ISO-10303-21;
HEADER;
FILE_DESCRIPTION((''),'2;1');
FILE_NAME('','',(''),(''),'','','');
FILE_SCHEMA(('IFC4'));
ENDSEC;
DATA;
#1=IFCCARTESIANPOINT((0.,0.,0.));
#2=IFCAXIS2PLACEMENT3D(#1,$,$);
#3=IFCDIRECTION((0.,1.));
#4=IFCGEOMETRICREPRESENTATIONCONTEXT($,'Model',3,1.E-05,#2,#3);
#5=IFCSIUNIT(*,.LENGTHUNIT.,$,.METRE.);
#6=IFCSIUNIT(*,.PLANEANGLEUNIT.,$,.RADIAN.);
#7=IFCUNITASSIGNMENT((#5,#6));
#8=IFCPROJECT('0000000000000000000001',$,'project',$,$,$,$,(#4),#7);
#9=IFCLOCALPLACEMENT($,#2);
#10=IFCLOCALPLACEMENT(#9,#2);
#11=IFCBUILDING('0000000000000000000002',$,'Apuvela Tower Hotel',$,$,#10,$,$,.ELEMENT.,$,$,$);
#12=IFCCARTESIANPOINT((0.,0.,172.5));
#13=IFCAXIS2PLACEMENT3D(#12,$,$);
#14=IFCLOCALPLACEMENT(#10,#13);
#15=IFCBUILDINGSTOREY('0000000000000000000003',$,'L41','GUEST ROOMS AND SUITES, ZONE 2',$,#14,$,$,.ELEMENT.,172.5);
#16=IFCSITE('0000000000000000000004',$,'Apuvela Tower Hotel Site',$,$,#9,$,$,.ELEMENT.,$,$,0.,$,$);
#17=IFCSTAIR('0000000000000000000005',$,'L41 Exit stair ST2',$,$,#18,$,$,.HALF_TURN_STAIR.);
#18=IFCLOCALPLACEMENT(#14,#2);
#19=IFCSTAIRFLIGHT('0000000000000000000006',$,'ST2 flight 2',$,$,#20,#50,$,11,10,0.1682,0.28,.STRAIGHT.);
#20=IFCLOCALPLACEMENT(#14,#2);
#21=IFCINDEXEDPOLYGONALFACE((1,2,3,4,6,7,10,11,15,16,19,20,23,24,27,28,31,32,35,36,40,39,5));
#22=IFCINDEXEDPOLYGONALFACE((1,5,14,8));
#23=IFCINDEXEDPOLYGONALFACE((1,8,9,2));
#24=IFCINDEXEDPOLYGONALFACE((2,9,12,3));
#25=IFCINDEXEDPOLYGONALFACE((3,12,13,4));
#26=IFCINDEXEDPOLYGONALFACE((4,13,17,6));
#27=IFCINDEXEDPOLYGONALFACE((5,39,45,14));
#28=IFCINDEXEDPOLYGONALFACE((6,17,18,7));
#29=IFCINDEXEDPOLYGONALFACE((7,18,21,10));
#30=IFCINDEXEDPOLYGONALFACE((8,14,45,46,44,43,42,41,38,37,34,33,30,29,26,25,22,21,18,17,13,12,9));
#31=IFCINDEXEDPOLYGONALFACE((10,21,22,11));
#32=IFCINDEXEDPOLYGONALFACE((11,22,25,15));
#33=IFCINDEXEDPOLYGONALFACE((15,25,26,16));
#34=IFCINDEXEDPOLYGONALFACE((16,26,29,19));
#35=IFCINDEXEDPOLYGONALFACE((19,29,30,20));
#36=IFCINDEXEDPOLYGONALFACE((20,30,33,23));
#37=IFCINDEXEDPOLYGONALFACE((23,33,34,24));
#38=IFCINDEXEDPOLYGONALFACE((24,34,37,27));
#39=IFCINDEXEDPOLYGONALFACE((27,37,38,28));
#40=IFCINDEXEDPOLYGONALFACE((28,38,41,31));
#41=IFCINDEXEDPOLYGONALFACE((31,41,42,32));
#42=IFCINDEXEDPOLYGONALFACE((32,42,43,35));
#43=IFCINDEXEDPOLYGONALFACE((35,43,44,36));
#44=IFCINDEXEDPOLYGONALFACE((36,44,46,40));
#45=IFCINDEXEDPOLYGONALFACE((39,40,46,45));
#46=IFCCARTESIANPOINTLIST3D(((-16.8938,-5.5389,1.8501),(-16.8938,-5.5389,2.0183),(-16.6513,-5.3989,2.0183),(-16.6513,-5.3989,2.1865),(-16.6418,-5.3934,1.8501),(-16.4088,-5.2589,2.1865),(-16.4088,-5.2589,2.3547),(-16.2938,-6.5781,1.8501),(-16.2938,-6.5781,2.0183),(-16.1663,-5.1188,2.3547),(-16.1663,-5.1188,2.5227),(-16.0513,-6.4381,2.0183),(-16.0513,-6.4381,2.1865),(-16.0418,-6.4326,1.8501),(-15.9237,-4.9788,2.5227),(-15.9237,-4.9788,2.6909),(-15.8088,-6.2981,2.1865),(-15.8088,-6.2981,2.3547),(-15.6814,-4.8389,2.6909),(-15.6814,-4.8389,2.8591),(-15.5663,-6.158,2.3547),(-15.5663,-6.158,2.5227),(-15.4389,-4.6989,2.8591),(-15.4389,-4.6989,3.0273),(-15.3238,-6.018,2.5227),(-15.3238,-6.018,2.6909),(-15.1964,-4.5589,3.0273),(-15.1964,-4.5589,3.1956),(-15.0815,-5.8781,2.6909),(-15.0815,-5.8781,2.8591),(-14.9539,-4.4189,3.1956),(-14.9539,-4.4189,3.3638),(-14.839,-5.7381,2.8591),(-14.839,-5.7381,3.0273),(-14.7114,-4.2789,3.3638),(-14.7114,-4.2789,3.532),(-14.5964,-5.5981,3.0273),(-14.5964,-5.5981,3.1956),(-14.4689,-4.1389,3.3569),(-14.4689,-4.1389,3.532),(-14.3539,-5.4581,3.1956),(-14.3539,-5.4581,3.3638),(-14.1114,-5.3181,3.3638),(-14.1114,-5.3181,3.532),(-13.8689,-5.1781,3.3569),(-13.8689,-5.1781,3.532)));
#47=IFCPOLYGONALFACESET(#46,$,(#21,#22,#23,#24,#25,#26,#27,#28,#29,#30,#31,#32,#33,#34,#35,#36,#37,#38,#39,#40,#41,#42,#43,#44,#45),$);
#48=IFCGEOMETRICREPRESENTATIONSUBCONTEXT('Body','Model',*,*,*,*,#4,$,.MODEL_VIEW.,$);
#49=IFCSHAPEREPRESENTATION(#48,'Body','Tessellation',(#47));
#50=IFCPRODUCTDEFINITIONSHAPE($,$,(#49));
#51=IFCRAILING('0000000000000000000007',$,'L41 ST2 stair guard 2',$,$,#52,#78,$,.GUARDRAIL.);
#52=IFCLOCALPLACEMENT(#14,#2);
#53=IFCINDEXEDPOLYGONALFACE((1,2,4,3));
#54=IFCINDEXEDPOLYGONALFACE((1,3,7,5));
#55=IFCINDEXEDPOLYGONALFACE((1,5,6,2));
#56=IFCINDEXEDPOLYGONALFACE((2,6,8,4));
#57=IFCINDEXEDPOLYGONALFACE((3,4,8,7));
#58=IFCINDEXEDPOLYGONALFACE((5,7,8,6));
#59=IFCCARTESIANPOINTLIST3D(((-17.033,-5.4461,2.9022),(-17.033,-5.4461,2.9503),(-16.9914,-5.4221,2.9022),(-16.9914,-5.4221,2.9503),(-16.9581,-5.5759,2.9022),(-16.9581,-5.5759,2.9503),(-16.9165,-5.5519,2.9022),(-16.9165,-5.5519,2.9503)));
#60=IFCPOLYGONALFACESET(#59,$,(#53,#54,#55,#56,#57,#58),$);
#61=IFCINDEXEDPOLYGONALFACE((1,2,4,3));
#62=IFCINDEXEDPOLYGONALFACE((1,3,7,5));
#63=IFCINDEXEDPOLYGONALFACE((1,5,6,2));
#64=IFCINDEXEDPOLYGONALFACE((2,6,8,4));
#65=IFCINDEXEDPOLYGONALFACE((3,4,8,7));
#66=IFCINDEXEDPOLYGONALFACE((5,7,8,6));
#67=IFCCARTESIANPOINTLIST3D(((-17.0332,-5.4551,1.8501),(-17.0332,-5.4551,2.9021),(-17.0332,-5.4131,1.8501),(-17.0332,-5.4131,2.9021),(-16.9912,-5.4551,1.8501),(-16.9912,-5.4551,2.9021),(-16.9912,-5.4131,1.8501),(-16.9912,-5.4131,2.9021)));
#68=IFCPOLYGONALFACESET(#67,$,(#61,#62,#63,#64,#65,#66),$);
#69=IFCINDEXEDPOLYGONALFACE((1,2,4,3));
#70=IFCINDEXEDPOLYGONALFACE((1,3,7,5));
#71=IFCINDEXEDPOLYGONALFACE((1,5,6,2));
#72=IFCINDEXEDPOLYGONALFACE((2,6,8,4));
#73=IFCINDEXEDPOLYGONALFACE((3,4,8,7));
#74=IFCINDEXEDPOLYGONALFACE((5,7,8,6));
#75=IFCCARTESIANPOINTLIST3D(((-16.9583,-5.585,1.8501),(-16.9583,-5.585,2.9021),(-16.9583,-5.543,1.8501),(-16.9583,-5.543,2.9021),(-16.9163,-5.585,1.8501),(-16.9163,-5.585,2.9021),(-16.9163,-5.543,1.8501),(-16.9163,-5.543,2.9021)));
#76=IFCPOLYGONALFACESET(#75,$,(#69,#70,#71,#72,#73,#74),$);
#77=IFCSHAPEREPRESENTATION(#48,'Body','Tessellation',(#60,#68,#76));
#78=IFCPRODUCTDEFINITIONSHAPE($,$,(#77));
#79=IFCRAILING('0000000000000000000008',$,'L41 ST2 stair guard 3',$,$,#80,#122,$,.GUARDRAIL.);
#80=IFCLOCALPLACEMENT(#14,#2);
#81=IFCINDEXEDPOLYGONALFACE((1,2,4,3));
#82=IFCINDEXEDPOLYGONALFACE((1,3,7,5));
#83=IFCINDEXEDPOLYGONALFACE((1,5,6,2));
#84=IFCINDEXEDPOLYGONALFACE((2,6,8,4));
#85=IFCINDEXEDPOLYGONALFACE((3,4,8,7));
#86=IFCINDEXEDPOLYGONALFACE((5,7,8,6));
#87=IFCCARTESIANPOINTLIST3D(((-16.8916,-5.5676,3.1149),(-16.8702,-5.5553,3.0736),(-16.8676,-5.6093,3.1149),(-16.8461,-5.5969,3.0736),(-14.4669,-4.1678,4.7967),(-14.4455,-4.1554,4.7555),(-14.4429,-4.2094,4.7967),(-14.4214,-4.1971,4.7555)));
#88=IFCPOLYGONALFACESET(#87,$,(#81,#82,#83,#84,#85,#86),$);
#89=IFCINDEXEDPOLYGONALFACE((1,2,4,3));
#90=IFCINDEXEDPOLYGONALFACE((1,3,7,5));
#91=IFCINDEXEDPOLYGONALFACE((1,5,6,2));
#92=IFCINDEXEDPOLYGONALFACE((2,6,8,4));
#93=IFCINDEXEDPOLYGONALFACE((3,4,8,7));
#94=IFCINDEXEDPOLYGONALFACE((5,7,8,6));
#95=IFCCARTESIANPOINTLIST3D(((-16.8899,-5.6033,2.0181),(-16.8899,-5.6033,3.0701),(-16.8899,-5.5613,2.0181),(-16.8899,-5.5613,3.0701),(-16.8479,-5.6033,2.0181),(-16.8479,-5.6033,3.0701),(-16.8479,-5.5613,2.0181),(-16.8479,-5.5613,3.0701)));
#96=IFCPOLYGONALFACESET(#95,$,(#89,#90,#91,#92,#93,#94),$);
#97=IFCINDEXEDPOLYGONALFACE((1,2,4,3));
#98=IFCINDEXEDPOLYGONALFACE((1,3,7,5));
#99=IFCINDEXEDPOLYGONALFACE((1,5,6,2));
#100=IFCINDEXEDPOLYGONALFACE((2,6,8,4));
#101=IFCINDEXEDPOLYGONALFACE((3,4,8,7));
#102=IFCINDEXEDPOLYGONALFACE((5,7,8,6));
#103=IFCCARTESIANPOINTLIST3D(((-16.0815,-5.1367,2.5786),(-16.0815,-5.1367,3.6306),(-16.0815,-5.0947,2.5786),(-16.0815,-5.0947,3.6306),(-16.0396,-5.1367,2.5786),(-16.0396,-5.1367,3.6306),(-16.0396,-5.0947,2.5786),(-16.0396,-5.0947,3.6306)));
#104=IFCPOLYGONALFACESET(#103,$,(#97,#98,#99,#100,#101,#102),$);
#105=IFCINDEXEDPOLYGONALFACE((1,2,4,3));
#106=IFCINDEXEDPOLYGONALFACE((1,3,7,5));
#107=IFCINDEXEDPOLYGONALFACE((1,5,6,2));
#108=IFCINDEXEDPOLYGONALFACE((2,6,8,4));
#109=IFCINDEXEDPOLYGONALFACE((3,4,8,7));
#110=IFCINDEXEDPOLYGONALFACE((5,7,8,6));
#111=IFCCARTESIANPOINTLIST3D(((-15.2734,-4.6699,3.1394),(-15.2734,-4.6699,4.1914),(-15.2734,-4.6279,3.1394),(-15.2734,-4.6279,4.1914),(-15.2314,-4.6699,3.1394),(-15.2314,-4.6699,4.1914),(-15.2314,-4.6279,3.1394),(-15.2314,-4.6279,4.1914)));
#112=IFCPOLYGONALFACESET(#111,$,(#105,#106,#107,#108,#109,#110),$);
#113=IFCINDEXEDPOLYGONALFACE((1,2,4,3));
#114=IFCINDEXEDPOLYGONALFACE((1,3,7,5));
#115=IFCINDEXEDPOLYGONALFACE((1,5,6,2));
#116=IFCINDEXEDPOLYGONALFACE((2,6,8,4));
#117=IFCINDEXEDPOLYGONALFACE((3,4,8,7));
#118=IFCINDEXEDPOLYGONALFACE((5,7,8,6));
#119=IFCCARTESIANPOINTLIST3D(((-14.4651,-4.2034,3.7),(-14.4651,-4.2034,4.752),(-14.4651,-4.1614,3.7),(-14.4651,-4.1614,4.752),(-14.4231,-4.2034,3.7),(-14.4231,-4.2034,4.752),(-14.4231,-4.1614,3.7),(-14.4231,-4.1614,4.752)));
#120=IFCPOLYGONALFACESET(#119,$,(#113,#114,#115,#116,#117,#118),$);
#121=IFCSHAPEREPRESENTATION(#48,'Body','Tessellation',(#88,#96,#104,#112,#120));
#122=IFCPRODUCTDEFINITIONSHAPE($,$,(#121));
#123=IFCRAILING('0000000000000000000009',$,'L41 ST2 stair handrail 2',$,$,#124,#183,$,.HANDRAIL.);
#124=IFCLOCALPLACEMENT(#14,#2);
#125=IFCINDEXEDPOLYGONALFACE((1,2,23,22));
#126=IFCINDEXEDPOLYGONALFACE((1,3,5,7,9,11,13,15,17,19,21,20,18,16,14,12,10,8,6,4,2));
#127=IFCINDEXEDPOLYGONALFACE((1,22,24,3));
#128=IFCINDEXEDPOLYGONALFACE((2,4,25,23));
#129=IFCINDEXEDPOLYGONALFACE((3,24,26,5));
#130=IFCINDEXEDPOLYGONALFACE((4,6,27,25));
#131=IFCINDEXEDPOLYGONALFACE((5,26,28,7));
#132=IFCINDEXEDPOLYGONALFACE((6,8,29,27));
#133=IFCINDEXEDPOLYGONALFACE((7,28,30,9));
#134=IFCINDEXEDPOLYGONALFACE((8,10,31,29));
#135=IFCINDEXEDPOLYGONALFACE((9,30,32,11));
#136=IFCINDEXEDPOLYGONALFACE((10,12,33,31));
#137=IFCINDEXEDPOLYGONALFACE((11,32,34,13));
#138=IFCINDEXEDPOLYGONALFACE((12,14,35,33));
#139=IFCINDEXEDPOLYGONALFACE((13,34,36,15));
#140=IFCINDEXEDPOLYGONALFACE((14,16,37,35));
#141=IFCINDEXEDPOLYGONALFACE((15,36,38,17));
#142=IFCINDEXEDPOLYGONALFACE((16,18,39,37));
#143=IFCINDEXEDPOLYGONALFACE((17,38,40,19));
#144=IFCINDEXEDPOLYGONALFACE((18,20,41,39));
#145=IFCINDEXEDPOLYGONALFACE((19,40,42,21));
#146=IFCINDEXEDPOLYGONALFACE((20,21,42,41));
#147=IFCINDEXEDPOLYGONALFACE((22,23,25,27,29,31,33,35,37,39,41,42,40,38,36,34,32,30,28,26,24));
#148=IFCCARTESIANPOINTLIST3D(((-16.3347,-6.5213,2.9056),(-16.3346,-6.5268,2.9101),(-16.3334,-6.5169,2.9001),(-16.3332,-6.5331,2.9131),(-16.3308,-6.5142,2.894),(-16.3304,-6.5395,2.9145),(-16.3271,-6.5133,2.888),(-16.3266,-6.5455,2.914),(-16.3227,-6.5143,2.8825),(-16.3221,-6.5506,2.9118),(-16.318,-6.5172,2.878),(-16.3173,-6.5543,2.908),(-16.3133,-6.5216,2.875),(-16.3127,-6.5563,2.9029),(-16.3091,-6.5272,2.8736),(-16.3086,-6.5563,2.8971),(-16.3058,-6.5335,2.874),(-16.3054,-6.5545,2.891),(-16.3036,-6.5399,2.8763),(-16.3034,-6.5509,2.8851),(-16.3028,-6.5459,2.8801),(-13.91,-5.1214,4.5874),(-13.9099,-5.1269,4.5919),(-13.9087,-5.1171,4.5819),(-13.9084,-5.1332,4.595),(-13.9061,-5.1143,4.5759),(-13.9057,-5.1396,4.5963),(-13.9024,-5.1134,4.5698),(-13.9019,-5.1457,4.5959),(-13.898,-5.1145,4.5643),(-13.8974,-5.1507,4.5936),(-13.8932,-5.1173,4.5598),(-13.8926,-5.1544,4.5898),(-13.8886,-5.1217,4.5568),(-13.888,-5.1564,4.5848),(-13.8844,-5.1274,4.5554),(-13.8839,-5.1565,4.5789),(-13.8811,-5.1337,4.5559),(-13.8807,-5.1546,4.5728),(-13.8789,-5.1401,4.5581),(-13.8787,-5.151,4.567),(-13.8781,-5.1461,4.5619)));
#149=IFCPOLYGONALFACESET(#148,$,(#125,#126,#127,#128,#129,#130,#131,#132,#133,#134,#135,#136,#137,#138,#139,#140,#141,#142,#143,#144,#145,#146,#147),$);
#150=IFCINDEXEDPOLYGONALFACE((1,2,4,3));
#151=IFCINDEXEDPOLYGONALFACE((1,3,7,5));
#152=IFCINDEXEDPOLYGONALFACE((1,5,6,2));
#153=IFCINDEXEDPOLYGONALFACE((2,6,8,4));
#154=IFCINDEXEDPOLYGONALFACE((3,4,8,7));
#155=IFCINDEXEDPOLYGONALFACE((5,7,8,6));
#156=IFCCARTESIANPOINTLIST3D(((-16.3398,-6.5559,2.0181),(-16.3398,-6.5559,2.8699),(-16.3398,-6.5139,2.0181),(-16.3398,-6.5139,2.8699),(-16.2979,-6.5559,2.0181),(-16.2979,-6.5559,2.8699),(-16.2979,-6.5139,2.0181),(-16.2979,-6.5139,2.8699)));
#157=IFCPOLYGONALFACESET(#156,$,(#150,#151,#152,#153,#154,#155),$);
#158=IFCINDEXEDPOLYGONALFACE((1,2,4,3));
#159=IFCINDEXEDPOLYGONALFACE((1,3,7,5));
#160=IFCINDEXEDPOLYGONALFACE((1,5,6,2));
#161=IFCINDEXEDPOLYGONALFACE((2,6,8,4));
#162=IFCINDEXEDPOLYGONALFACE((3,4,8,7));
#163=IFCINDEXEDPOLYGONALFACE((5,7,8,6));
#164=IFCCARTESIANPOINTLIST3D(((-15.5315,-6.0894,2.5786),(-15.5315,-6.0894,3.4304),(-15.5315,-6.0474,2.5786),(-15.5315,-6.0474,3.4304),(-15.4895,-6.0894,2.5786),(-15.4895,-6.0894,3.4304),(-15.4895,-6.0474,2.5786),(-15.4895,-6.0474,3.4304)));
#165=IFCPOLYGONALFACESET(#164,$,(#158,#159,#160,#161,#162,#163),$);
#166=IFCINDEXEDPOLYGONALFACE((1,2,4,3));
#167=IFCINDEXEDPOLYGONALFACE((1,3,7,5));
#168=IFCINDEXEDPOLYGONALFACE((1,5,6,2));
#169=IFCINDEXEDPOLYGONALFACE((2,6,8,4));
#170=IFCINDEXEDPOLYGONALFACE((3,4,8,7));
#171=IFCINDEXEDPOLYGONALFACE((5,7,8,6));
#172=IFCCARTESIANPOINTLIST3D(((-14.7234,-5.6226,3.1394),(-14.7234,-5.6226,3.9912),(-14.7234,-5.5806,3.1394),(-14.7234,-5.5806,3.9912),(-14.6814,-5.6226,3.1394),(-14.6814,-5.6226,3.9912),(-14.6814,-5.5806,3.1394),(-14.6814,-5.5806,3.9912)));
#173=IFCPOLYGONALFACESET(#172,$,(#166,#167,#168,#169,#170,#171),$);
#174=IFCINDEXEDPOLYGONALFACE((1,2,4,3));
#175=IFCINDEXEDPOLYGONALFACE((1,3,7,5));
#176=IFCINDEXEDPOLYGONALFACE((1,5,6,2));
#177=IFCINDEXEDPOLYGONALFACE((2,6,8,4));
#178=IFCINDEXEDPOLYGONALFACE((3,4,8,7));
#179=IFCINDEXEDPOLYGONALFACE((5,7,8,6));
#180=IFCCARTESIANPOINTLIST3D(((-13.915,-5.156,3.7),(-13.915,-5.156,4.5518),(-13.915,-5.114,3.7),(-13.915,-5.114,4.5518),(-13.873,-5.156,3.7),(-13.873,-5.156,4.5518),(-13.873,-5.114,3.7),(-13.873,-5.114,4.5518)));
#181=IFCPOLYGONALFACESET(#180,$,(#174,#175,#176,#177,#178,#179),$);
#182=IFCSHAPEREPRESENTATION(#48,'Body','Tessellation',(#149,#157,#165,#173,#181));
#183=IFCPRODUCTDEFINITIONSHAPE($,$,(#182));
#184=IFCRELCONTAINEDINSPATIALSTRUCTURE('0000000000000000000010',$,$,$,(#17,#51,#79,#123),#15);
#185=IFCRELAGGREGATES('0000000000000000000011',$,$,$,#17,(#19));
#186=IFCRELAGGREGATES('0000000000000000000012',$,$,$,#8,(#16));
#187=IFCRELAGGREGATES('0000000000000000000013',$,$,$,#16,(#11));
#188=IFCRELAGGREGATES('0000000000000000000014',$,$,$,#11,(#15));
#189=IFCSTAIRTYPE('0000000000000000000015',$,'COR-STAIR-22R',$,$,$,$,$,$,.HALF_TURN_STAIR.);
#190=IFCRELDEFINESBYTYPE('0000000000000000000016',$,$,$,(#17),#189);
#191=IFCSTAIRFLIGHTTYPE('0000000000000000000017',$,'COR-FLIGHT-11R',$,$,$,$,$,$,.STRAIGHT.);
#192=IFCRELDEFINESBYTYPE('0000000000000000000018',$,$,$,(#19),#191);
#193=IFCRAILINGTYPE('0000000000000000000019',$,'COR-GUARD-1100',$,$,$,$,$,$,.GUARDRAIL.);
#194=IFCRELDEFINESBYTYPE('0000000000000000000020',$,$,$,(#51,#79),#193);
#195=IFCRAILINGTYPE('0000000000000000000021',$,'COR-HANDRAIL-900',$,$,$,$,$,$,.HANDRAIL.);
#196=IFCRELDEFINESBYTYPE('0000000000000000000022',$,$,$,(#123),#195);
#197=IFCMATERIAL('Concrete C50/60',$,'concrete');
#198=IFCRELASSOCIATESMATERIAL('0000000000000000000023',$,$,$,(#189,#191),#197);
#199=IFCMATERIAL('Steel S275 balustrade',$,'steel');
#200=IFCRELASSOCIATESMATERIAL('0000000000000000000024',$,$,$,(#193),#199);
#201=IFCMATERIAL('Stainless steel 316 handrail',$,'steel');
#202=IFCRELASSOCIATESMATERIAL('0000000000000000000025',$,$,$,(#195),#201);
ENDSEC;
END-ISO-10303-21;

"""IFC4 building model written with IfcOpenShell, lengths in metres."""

from ifc_helpers import new_model, si_unit, direction, frame, origin, origin_2d, place, context, subcontext, project, spatial, polyline, rectangle, circle, outline, extrude, material, type_object, element, aggregate, save


model = new_model("IFC4")

# Units and contexts
model_context = context("Model", 3, precision=1e-05, world=origin(), true_north=direction((0.0, 1.0)))
body_context = subcontext(model_context, "Body", "Model", "MODEL_VIEW")
ifc_project = project(units=[si_unit("LENGTHUNIT", "METRE"), si_unit("PLANEANGLEUNIT", "RADIAN")], contexts=[model_context])

# Site, building, storey
site_placement = place(None, origin())
site = spatial("IfcSite", under=ifc_project, at=site_placement, Name="Apuvela Tower Hotel Site", CompositionType="ELEMENT", RefElevation=0.0)
building_placement = place(site_placement, origin())
building = spatial("IfcBuilding", under=site, at=building_placement, Name="Apuvela Tower Hotel", CompositionType="ELEMENT")
storey_placement = place(building_placement, frame((0.0, 0.0, 172.5)))
storey = spatial("IfcBuildingStorey", under=building, at=storey_placement, Name="L41", Description="GUEST ROOMS AND SUITES, ZONE 2", CompositionType="ELEMENT", Elevation=172.5)

# Shared definitions
ifc_material_1 = material(Name="Concrete C50/60", Category="concrete")

# Stair, stair flight
stair_type = type_object("IfcStairType", Name="COR-STAIR-22R", PredefinedType="HALF_TURN_STAIR", material=ifc_material_1)
stair_placement = place(storey_placement, origin())
stair = element("IfcStair", 1, at=stair_placement, inside=storey, type_object=stair_type, Name="L41 Exit stair ST2", PredefinedType="HALF_TURN_STAIR")
stair_flight_type = type_object("IfcStairFlightType", Name="COR-FLIGHT-11R", PredefinedType="STRAIGHT", material=ifc_material_1)
stair_flight_placement = place(storey_placement, frame((-16.5938, -6.0586, 1.8501), z_axis=(0.0, 0.0, 1.0), x_axis=(0.866025, 0.5, 0.0)))
stair_flight = element("IfcStairFlight", 2, at=stair_flight_placement, type_object=stair_flight_type, Name="ST2 flight 2", NumberOfRisers=11, NumberOfTreads=10, PredefinedType="STRAIGHT", RiserHeight=0.1682, TreadLength=0.28, context=body_context, shape_type="SweptSolid", body=[
    extrude(outline(polyline([(0.0, 0.0), (0.0, 0.1682), (0.28, 0.1682), (0.28, 0.3364), (0.5601, 0.3364), (0.5601, 0.5046), (0.8401, 0.5046), (0.8401, 0.6726), (1.1201, 0.6726), (1.1201, 0.8408), (1.3999, 0.8408), (1.3999, 1.009), (1.6799, 1.009), (1.6799, 1.1772), (1.96, 1.1772), (1.96, 1.3455), (2.24, 1.3455), (2.24, 1.5137), (2.52, 1.5137), (2.52, 1.6819), (2.8, 1.6819), (2.8, 1.8501), (2.8, 1.5068), (0.291, 0.0), (0.0, 0.0)])), frame((0.0, 0.6001, 0.0), z_axis=(0.0, -1.0, 0.0), x_axis=(1.0, 0.0, 0.0)), (0.0, 0.0, 1.0), 1.2),
])
aggregate(stair, [stair_flight])

# Railings
ifc_material_2 = material(Name="Steel S275 balustrade", Category="steel")
railing_type_1 = type_object("IfcRailingType", Name="COR-GUARD-1100", PredefinedType="GUARDRAIL", material=ifc_material_2)
railing_1_placement = place(storey_placement, frame((-17.0122, -5.4341, 1.8501)))
element("IfcRailing", 3, at=railing_1_placement, inside=storey, type_object=railing_type_1, Name="L41 ST2 stair guard 2", PredefinedType="GUARDRAIL", context=body_context, shape_type="SweptSolid", body=[
    extrude(rectangle(XDim=0.0481, YDim=0.0481, at=origin_2d()), frame((0.0, 0.0, 1.0762), z_axis=(0.499816, -0.866131, 0.0), x_axis=(0.866131, 0.499816, 0.0)), (0.0, 0.0, 1.0), 0.1499),
    extrude(rectangle(XDim=0.042, YDim=0.042, at=origin_2d()), origin(), (0.0, 0.0, 1.0), 1.052),
    extrude(rectangle(XDim=0.042, YDim=0.042, at=origin_2d()), frame((0.075, -0.1299, 0.0)), (0.0, 0.0, 1.0), 1.052),
])
railing_2_placement = place(storey_placement, frame((-16.8689, -5.5823, 2.0181)))
element("IfcRailing", 4, at=railing_2_placement, inside=storey, type_object=railing_type_1, Name="L41 ST2 stair guard 3", PredefinedType="GUARDRAIL", context=body_context, shape_type="SweptSolid", body=[
    extrude(rectangle(XDim=0.0481, YDim=0.0481, at=origin_2d()), frame((0.0, 0.0, 1.0762), z_axis=(0.74239, 0.428601, 0.514934), x_axis=(-0.499984, 0.866035, 0.0)), (0.0, 0.0, 1.0), 3.2661),
    extrude(rectangle(XDim=0.042, YDim=0.042, at=origin_2d()), origin(), (0.0, 0.0, 1.0), 1.052),
    extrude(rectangle(XDim=0.042, YDim=0.042, at=origin_2d()), frame((0.8083, 0.4666, 0.5605)), (0.0, 0.0, 1.0), 1.052),
    extrude(rectangle(XDim=0.042, YDim=0.042, at=origin_2d()), frame((1.6165, 0.9333, 1.1213)), (0.0, 0.0, 1.0), 1.052),
    extrude(rectangle(XDim=0.042, YDim=0.042, at=origin_2d()), frame((2.4248, 1.3999, 1.6819)), (0.0, 0.0, 1.0), 1.052),
])
ifc_material_3 = material(Name="Stainless steel 316 handrail", Category="steel")
railing_type_2 = type_object("IfcRailingType", Name="COR-HANDRAIL-900", PredefinedType="HANDRAIL", material=ifc_material_3)
railing_3_placement = place(storey_placement, frame((-16.3188, -6.5349, 2.0181)))
element("IfcRailing", 5, at=railing_3_placement, inside=storey, type_object=railing_type_2, Name="L41 ST2 stair handrail 2", PredefinedType="HANDRAIL", context=body_context, shape_type="SweptSolid", body=[
    extrude(circle(Radius=0.0239, at=origin_2d()), frame((0.0, 0.0, 0.876), z_axis=(0.74239, 0.428601, 0.514934), x_axis=(-0.499984, 0.866035, 0.0)), (0.0, 0.0, 1.0), 3.2661),
    extrude(rectangle(XDim=0.042, YDim=0.042, at=origin_2d()), origin(), (0.0, 0.0, 1.0), 0.8518),
    extrude(rectangle(XDim=0.042, YDim=0.042, at=origin_2d()), frame((0.8083, 0.4666, 0.5605)), (0.0, 0.0, 1.0), 0.8518),
    extrude(rectangle(XDim=0.042, YDim=0.042, at=origin_2d()), frame((1.6165, 0.9333, 1.1213)), (0.0, 0.0, 1.0), 0.8518),
    extrude(rectangle(XDim=0.042, YDim=0.042, at=origin_2d()), frame((2.4248, 1.3999, 1.6819)), (0.0, 0.0, 1.0), 0.8518),
])

save(model, "model.ifc")
